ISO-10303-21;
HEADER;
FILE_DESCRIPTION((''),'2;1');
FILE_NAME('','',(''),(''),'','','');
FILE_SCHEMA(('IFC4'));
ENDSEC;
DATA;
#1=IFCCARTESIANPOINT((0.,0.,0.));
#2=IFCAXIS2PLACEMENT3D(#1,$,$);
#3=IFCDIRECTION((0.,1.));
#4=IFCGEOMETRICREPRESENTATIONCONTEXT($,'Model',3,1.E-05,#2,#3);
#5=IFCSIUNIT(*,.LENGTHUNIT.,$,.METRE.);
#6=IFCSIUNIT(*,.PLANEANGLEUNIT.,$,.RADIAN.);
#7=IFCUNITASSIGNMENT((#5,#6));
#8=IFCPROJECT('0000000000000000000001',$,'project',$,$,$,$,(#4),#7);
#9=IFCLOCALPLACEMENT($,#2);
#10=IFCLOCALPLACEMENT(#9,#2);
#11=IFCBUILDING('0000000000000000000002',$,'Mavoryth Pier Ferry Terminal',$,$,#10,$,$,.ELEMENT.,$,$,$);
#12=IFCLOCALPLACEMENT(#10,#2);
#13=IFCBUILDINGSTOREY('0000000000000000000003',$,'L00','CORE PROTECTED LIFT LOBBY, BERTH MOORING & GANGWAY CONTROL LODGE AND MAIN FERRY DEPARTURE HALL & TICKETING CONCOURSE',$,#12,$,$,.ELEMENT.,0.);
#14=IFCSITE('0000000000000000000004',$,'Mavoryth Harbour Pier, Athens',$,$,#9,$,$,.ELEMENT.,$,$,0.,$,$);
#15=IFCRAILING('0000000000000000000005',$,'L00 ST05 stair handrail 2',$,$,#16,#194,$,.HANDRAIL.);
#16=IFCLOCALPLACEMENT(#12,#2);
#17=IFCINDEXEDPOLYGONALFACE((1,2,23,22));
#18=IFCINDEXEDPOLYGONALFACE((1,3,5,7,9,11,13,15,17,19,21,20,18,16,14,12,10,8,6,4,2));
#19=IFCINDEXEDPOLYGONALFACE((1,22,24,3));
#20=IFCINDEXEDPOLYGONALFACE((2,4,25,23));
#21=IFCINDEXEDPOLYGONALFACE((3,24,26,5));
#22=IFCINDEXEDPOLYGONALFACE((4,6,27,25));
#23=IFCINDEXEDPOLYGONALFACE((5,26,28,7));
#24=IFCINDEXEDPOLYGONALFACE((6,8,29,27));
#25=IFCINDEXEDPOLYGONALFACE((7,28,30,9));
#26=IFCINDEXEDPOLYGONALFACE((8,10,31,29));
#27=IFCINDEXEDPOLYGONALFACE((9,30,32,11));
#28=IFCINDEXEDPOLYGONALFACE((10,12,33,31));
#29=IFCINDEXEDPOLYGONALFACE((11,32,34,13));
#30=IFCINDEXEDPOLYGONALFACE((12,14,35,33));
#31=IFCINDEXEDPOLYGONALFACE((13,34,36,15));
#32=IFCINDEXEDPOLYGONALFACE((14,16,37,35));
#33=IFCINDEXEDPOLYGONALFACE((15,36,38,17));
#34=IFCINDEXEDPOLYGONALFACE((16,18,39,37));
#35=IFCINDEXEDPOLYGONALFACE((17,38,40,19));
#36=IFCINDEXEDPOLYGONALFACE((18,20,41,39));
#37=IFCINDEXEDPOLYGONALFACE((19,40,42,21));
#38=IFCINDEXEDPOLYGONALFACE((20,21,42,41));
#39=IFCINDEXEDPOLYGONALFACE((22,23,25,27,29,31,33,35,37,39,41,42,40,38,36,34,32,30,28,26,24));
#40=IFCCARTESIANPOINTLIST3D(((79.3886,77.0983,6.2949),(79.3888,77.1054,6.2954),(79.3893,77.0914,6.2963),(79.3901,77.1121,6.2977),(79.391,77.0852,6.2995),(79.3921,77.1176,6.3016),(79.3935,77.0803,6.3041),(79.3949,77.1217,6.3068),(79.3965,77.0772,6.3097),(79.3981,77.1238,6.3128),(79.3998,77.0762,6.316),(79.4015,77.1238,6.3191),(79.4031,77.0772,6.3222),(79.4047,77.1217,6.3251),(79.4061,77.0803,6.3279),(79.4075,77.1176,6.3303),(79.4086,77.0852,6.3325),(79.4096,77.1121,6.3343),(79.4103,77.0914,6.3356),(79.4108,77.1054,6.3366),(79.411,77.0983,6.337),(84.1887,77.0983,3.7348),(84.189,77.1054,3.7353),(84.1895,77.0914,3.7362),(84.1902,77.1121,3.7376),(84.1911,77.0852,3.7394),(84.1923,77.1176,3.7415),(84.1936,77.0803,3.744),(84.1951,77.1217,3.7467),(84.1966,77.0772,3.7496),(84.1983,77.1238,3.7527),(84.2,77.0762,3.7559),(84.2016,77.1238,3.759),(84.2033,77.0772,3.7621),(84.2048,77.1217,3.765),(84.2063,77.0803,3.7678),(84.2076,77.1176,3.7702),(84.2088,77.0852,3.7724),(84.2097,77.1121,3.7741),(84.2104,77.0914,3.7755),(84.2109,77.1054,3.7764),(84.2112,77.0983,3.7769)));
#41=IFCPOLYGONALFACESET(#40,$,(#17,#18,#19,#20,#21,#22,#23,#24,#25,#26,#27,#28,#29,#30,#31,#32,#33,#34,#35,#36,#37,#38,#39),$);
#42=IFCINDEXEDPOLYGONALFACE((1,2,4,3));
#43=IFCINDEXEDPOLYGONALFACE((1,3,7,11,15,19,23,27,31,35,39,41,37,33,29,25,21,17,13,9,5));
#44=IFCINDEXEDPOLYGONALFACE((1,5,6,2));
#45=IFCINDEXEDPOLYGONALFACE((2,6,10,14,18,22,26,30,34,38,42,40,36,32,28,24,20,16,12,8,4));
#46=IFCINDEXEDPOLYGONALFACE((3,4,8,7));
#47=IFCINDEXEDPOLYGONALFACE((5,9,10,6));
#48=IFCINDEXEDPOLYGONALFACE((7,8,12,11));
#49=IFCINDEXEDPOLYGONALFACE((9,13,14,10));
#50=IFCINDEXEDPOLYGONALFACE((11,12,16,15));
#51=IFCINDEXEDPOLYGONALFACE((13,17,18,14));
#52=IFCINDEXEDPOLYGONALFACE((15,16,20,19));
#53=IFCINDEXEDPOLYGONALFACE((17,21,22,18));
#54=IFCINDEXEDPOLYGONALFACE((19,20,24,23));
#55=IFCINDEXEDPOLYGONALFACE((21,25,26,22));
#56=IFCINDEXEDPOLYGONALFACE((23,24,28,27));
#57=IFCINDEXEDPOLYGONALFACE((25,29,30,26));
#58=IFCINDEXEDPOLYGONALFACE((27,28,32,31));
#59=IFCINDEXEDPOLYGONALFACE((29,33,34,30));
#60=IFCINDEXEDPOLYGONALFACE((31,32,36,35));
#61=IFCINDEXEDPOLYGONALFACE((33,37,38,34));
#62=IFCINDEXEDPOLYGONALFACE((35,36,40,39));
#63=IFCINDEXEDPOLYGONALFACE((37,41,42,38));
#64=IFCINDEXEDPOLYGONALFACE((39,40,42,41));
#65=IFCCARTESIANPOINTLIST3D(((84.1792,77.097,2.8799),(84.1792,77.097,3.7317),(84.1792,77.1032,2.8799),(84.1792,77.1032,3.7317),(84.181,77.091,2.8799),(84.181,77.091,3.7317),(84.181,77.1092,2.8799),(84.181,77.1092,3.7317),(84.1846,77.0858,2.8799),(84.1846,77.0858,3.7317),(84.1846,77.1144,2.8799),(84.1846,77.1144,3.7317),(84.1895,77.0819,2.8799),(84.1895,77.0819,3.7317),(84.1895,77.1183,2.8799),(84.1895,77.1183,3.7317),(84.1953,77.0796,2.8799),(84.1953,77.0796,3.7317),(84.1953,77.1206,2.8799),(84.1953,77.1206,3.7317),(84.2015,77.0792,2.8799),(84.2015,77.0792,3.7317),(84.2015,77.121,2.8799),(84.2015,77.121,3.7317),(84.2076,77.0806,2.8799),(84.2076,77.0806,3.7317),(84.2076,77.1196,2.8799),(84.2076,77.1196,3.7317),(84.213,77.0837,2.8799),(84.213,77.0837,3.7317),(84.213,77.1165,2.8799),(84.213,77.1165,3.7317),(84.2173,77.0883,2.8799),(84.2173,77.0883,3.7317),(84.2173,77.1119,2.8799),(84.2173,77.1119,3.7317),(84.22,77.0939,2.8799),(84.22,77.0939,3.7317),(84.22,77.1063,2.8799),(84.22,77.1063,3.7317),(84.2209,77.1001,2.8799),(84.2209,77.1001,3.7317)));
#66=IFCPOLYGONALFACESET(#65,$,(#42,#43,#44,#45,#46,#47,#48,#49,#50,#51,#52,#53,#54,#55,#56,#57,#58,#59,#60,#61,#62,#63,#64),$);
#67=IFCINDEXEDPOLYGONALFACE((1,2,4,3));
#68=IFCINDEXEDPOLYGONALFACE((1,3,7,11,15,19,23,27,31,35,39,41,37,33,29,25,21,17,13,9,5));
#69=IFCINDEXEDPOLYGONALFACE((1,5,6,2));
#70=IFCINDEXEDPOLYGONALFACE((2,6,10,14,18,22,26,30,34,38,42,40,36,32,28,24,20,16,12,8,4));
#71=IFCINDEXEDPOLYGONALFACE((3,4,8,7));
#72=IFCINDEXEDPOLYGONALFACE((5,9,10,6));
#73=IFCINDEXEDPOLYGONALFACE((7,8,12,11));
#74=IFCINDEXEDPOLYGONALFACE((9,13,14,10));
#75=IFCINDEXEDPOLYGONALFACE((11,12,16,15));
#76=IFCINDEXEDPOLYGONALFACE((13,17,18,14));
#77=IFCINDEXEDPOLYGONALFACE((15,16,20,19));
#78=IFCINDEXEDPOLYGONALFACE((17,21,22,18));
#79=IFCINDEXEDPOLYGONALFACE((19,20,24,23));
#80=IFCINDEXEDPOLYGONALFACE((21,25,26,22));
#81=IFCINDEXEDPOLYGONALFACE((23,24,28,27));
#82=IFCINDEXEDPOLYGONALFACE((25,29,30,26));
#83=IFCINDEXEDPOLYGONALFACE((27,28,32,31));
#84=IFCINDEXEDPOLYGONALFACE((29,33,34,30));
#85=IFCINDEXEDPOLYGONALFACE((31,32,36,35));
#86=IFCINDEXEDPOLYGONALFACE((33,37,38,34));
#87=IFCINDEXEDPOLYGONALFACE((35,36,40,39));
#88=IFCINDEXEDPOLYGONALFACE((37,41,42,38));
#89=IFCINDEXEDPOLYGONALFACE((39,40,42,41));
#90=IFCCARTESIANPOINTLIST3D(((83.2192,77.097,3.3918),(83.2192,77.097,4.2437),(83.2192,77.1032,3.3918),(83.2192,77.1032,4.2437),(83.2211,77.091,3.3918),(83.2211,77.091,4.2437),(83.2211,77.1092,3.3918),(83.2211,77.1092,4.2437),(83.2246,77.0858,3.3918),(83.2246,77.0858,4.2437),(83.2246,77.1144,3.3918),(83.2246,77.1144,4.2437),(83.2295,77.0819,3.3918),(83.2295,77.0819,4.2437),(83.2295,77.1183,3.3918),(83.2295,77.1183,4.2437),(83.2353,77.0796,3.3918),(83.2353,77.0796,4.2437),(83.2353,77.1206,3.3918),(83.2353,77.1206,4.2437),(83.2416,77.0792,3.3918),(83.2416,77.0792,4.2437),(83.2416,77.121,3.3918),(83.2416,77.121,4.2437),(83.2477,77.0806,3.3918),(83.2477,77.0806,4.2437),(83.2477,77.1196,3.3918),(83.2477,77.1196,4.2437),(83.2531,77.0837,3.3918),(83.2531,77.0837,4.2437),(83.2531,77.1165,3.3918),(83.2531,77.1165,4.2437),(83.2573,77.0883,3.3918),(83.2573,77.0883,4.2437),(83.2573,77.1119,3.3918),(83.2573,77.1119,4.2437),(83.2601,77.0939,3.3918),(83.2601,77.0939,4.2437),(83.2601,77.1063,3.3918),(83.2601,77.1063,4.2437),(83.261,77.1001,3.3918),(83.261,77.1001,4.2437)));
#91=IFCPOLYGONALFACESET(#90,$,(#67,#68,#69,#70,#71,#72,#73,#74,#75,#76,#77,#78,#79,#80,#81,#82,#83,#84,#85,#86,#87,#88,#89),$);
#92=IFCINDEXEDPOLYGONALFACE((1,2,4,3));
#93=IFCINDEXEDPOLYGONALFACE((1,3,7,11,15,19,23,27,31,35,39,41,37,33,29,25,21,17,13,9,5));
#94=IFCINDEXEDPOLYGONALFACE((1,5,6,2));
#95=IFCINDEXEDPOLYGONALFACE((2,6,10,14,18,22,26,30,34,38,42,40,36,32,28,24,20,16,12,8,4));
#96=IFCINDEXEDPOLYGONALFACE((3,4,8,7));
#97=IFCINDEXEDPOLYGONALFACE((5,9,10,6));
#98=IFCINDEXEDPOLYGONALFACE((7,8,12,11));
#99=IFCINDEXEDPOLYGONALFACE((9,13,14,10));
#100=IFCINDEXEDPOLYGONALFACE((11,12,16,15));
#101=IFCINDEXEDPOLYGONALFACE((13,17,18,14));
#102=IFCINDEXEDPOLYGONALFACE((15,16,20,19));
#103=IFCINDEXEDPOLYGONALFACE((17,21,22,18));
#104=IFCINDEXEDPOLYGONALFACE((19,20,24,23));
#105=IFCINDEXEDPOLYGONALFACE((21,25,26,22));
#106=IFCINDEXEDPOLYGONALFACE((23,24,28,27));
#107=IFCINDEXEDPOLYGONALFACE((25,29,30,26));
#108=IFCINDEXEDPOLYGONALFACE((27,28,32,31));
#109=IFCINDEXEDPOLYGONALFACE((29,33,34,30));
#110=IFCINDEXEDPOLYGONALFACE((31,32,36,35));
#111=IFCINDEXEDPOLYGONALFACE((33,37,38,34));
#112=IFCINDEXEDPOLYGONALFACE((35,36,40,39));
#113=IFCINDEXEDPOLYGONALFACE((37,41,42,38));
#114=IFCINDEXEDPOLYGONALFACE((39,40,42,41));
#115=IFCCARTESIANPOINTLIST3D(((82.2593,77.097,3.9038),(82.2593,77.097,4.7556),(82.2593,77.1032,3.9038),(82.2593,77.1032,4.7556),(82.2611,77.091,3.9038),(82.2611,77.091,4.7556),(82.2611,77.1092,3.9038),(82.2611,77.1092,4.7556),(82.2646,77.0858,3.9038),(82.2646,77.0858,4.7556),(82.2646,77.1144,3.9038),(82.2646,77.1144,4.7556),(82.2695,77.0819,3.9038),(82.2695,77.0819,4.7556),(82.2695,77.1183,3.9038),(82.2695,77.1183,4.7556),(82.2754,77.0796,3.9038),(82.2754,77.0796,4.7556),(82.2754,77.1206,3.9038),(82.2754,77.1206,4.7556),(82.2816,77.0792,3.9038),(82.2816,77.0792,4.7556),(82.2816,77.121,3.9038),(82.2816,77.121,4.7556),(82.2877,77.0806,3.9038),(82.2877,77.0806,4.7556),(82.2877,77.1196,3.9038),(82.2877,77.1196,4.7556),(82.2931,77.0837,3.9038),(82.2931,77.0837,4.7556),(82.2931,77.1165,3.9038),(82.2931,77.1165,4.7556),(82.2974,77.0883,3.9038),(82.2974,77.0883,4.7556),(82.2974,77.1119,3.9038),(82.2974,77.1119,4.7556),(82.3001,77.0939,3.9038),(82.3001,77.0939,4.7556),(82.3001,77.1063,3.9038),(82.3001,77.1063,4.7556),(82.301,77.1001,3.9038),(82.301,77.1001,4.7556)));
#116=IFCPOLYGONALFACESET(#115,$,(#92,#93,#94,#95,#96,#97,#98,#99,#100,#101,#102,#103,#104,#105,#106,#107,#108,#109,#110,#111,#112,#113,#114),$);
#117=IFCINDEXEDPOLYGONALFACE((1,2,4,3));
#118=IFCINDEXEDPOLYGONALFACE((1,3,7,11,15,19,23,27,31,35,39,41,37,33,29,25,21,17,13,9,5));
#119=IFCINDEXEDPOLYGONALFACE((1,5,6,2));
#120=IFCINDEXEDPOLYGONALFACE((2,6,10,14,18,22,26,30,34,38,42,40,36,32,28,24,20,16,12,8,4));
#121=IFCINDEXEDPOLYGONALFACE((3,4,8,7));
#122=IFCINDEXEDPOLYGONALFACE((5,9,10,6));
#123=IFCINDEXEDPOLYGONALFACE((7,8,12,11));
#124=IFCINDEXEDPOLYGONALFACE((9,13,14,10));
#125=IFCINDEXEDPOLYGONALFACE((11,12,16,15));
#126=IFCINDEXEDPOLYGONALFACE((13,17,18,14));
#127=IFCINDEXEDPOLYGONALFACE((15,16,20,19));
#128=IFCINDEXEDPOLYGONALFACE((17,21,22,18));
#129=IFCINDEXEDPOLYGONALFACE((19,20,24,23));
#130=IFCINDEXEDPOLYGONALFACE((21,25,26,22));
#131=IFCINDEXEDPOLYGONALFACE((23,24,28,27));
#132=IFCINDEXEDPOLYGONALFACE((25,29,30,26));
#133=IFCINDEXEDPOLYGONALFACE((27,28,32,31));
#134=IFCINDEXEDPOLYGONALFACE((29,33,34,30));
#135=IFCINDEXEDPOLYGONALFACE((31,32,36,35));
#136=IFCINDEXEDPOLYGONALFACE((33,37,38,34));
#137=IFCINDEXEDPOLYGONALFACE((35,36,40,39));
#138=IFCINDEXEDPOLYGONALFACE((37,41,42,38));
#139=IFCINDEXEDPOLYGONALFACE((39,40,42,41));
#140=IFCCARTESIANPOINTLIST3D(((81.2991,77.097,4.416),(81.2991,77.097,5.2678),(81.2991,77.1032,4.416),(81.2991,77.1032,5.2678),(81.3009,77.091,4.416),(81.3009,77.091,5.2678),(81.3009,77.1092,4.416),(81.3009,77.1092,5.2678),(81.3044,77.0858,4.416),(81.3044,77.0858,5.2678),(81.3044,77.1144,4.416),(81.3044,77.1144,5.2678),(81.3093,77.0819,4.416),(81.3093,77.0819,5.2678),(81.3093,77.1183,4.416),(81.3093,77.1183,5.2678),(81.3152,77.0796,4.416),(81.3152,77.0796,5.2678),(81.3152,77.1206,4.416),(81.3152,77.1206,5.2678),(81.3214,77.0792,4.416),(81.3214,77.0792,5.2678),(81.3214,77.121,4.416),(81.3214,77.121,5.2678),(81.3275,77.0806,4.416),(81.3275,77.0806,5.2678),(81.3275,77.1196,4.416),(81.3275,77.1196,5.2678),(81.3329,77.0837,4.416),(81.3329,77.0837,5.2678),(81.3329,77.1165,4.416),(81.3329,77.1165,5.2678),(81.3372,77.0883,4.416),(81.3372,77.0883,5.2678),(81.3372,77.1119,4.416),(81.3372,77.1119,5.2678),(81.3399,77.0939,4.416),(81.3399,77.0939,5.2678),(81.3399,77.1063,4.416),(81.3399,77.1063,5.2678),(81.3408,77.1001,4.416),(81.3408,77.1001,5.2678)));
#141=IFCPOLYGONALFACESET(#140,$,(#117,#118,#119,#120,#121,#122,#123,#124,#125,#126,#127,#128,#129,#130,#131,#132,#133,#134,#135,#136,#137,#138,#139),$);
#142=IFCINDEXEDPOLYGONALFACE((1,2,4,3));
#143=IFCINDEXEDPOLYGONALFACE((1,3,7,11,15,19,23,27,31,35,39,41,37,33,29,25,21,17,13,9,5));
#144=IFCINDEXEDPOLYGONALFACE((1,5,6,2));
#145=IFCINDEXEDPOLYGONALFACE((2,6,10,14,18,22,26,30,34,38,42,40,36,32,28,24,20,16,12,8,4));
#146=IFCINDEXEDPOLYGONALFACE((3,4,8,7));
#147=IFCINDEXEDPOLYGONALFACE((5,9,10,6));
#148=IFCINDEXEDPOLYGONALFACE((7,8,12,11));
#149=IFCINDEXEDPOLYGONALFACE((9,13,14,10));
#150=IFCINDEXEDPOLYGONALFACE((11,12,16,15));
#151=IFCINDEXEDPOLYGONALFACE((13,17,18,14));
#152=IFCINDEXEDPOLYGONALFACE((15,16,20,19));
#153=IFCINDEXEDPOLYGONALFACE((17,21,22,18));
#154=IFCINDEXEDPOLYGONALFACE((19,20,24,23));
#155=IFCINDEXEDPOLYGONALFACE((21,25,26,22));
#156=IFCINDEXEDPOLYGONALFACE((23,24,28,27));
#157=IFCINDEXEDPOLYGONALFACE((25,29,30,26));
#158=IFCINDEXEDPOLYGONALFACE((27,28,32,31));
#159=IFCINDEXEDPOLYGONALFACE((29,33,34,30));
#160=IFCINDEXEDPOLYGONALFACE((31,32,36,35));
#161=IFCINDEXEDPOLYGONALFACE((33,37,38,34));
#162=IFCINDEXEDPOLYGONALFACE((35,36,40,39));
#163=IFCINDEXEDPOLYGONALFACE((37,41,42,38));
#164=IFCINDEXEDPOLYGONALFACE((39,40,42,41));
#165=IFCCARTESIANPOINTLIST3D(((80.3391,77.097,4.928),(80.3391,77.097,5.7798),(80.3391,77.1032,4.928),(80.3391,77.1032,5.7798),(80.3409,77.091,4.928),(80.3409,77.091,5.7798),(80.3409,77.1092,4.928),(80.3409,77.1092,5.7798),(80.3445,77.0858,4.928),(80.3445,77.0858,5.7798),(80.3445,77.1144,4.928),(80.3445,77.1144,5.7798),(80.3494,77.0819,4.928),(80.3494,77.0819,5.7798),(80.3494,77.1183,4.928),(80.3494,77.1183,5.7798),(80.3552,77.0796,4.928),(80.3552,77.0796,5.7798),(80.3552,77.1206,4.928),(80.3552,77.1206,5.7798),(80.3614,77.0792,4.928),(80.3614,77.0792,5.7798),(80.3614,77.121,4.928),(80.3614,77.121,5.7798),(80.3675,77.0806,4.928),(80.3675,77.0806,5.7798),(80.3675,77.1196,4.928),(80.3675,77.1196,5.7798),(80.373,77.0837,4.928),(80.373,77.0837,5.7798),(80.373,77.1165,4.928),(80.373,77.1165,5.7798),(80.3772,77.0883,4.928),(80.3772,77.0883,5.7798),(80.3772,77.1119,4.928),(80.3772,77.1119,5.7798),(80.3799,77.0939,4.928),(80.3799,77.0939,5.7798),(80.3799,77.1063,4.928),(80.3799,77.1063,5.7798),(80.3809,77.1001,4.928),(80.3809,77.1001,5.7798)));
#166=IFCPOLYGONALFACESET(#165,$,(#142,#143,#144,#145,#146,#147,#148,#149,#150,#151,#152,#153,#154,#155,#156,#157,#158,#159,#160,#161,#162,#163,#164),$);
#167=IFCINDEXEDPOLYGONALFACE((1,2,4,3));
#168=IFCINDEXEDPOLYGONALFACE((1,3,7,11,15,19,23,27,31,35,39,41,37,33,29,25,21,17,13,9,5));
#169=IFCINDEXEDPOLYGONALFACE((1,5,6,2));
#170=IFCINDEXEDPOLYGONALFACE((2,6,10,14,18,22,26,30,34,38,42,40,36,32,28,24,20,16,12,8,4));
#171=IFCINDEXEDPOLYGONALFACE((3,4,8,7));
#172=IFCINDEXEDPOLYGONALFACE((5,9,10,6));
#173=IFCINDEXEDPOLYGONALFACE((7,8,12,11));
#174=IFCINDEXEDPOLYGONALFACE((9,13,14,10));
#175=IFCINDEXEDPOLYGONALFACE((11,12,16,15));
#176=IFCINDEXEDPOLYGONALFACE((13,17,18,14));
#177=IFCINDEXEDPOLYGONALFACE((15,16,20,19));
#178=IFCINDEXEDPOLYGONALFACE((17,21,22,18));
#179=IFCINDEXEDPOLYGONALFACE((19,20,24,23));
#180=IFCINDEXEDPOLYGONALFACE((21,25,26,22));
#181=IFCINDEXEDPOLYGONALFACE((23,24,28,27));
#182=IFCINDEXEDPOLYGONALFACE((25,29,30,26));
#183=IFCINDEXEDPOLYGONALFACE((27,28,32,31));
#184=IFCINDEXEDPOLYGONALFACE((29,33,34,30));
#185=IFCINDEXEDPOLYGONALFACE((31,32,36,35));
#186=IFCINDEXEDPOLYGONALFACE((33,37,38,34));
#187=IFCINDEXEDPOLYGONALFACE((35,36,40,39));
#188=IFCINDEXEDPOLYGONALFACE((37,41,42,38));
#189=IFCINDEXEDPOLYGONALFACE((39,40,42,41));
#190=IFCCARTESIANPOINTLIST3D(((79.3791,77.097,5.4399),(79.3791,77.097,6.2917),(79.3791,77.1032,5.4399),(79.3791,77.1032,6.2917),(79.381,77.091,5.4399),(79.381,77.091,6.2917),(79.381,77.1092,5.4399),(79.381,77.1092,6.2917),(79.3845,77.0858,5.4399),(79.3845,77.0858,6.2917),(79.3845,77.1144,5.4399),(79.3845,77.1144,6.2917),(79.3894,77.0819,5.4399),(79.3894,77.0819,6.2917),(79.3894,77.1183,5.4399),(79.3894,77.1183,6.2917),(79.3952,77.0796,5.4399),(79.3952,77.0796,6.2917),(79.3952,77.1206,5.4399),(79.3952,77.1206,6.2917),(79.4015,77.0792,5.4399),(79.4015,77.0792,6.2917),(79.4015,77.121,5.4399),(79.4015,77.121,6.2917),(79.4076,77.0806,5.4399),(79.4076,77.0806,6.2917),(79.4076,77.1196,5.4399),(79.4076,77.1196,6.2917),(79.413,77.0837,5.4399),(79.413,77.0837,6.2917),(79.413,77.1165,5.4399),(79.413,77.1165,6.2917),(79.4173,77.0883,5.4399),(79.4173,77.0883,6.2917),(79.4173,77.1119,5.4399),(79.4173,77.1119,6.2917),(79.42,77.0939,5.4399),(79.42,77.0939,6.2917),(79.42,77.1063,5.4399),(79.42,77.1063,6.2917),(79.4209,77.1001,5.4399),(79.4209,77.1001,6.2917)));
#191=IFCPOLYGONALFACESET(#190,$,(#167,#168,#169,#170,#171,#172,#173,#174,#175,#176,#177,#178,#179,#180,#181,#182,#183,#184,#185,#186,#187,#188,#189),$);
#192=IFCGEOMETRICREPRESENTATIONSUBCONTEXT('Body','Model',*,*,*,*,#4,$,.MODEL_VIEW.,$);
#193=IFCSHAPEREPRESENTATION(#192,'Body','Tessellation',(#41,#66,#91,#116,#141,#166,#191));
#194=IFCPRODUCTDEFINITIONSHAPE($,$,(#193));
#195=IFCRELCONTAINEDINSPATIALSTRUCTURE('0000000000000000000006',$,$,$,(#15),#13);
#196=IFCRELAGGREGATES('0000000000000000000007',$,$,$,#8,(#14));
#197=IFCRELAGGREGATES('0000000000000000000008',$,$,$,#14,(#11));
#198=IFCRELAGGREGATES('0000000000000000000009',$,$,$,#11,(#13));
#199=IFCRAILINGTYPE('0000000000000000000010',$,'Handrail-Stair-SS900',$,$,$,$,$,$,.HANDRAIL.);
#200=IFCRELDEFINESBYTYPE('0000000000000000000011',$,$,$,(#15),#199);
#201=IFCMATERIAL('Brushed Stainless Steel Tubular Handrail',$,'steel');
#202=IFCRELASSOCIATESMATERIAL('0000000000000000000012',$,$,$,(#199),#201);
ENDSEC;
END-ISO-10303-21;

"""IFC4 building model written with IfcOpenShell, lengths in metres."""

from ifc_helpers import new_model, si_unit, direction, frame, origin, origin_2d, place, context, subcontext, project, spatial, circle, extrude, material, type_object, element, save


model = new_model("IFC4")

# Units and contexts
model_context = context("Model", 3, precision=1e-05, world=origin(), true_north=direction((0.0, 1.0)))
body_context = subcontext(model_context, "Body", "Model", "MODEL_VIEW")
ifc_project = project(units=[si_unit("LENGTHUNIT", "METRE"), si_unit("PLANEANGLEUNIT", "RADIAN")], contexts=[model_context])

# Site, building, storey
site_placement = place(None, origin())
site = spatial("IfcSite", under=ifc_project, at=site_placement, Name="Mavoryth Harbour Pier, Athens", CompositionType="ELEMENT", RefElevation=0.0)
building_placement = place(site_placement, origin())
building = spatial("IfcBuilding", under=site, at=building_placement, Name="Mavoryth Pier Ferry Terminal", CompositionType="ELEMENT")
storey_placement = place(building_placement, origin())
storey = spatial("IfcBuildingStorey", under=building, at=storey_placement, Name="L00", Description="CORE PROTECTED LIFT LOBBY, BERTH MOORING & GANGWAY CONTROL LODGE AND MAIN FERRY DEPARTURE HALL & TICKETING CONCOURSE", CompositionType="ELEMENT", Elevation=0.0)

# Railing
ifc_material_1 = material(Name="Brushed Stainless Steel Tubular Handrail", Category="steel")
railing_type_1 = type_object("IfcRailingType", Name="Handrail-Stair-SS900", PredefinedType="HANDRAIL", material=ifc_material_1)
railing_1_placement = place(storey_placement, frame((84.2, 77.1001, 2.8799)))
element("IfcRailing", 1, at=railing_1_placement, inside=storey, type_object=railing_type_1, Name="L00 ST05 stair handrail 2", PredefinedType="HANDRAIL", context=body_context, shape_type="SweptSolid", body=[
    extrude(circle(Radius=0.0239, at=origin_2d()), frame((0.0, 0.0, 0.876), z_axis=(-0.88235, 0.0, 0.470593), x_axis=(0.0, -1.0, 0.0)), (0.0, 0.0, 1.0), 5.4402),
    extrude(circle(Radius=0.021, at=origin_2d()), origin(), (0.0, 0.0, 1.0), 0.8518),
    extrude(circle(Radius=0.021, at=origin_2d()), frame((-0.96, 0.0, 0.512)), (0.0, 0.0, 1.0), 0.8518),
    extrude(circle(Radius=0.021, at=origin_2d()), frame((-1.9199, 0.0, 1.0239)), (0.0, 0.0, 1.0), 0.8518),
    extrude(circle(Radius=0.021, at=origin_2d()), frame((-2.8801, 0.0, 1.5361)), (0.0, 0.0, 1.0), 0.8518),
    extrude(circle(Radius=0.021, at=origin_2d()), frame((-3.8401, 0.0, 2.0481)), (0.0, 0.0, 1.0), 0.8518),
    extrude(circle(Radius=0.021, at=origin_2d()), frame((-4.8, 0.0, 2.5601)), (0.0, 0.0, 1.0), 0.8518),
])

save(model, "model.ifc")
